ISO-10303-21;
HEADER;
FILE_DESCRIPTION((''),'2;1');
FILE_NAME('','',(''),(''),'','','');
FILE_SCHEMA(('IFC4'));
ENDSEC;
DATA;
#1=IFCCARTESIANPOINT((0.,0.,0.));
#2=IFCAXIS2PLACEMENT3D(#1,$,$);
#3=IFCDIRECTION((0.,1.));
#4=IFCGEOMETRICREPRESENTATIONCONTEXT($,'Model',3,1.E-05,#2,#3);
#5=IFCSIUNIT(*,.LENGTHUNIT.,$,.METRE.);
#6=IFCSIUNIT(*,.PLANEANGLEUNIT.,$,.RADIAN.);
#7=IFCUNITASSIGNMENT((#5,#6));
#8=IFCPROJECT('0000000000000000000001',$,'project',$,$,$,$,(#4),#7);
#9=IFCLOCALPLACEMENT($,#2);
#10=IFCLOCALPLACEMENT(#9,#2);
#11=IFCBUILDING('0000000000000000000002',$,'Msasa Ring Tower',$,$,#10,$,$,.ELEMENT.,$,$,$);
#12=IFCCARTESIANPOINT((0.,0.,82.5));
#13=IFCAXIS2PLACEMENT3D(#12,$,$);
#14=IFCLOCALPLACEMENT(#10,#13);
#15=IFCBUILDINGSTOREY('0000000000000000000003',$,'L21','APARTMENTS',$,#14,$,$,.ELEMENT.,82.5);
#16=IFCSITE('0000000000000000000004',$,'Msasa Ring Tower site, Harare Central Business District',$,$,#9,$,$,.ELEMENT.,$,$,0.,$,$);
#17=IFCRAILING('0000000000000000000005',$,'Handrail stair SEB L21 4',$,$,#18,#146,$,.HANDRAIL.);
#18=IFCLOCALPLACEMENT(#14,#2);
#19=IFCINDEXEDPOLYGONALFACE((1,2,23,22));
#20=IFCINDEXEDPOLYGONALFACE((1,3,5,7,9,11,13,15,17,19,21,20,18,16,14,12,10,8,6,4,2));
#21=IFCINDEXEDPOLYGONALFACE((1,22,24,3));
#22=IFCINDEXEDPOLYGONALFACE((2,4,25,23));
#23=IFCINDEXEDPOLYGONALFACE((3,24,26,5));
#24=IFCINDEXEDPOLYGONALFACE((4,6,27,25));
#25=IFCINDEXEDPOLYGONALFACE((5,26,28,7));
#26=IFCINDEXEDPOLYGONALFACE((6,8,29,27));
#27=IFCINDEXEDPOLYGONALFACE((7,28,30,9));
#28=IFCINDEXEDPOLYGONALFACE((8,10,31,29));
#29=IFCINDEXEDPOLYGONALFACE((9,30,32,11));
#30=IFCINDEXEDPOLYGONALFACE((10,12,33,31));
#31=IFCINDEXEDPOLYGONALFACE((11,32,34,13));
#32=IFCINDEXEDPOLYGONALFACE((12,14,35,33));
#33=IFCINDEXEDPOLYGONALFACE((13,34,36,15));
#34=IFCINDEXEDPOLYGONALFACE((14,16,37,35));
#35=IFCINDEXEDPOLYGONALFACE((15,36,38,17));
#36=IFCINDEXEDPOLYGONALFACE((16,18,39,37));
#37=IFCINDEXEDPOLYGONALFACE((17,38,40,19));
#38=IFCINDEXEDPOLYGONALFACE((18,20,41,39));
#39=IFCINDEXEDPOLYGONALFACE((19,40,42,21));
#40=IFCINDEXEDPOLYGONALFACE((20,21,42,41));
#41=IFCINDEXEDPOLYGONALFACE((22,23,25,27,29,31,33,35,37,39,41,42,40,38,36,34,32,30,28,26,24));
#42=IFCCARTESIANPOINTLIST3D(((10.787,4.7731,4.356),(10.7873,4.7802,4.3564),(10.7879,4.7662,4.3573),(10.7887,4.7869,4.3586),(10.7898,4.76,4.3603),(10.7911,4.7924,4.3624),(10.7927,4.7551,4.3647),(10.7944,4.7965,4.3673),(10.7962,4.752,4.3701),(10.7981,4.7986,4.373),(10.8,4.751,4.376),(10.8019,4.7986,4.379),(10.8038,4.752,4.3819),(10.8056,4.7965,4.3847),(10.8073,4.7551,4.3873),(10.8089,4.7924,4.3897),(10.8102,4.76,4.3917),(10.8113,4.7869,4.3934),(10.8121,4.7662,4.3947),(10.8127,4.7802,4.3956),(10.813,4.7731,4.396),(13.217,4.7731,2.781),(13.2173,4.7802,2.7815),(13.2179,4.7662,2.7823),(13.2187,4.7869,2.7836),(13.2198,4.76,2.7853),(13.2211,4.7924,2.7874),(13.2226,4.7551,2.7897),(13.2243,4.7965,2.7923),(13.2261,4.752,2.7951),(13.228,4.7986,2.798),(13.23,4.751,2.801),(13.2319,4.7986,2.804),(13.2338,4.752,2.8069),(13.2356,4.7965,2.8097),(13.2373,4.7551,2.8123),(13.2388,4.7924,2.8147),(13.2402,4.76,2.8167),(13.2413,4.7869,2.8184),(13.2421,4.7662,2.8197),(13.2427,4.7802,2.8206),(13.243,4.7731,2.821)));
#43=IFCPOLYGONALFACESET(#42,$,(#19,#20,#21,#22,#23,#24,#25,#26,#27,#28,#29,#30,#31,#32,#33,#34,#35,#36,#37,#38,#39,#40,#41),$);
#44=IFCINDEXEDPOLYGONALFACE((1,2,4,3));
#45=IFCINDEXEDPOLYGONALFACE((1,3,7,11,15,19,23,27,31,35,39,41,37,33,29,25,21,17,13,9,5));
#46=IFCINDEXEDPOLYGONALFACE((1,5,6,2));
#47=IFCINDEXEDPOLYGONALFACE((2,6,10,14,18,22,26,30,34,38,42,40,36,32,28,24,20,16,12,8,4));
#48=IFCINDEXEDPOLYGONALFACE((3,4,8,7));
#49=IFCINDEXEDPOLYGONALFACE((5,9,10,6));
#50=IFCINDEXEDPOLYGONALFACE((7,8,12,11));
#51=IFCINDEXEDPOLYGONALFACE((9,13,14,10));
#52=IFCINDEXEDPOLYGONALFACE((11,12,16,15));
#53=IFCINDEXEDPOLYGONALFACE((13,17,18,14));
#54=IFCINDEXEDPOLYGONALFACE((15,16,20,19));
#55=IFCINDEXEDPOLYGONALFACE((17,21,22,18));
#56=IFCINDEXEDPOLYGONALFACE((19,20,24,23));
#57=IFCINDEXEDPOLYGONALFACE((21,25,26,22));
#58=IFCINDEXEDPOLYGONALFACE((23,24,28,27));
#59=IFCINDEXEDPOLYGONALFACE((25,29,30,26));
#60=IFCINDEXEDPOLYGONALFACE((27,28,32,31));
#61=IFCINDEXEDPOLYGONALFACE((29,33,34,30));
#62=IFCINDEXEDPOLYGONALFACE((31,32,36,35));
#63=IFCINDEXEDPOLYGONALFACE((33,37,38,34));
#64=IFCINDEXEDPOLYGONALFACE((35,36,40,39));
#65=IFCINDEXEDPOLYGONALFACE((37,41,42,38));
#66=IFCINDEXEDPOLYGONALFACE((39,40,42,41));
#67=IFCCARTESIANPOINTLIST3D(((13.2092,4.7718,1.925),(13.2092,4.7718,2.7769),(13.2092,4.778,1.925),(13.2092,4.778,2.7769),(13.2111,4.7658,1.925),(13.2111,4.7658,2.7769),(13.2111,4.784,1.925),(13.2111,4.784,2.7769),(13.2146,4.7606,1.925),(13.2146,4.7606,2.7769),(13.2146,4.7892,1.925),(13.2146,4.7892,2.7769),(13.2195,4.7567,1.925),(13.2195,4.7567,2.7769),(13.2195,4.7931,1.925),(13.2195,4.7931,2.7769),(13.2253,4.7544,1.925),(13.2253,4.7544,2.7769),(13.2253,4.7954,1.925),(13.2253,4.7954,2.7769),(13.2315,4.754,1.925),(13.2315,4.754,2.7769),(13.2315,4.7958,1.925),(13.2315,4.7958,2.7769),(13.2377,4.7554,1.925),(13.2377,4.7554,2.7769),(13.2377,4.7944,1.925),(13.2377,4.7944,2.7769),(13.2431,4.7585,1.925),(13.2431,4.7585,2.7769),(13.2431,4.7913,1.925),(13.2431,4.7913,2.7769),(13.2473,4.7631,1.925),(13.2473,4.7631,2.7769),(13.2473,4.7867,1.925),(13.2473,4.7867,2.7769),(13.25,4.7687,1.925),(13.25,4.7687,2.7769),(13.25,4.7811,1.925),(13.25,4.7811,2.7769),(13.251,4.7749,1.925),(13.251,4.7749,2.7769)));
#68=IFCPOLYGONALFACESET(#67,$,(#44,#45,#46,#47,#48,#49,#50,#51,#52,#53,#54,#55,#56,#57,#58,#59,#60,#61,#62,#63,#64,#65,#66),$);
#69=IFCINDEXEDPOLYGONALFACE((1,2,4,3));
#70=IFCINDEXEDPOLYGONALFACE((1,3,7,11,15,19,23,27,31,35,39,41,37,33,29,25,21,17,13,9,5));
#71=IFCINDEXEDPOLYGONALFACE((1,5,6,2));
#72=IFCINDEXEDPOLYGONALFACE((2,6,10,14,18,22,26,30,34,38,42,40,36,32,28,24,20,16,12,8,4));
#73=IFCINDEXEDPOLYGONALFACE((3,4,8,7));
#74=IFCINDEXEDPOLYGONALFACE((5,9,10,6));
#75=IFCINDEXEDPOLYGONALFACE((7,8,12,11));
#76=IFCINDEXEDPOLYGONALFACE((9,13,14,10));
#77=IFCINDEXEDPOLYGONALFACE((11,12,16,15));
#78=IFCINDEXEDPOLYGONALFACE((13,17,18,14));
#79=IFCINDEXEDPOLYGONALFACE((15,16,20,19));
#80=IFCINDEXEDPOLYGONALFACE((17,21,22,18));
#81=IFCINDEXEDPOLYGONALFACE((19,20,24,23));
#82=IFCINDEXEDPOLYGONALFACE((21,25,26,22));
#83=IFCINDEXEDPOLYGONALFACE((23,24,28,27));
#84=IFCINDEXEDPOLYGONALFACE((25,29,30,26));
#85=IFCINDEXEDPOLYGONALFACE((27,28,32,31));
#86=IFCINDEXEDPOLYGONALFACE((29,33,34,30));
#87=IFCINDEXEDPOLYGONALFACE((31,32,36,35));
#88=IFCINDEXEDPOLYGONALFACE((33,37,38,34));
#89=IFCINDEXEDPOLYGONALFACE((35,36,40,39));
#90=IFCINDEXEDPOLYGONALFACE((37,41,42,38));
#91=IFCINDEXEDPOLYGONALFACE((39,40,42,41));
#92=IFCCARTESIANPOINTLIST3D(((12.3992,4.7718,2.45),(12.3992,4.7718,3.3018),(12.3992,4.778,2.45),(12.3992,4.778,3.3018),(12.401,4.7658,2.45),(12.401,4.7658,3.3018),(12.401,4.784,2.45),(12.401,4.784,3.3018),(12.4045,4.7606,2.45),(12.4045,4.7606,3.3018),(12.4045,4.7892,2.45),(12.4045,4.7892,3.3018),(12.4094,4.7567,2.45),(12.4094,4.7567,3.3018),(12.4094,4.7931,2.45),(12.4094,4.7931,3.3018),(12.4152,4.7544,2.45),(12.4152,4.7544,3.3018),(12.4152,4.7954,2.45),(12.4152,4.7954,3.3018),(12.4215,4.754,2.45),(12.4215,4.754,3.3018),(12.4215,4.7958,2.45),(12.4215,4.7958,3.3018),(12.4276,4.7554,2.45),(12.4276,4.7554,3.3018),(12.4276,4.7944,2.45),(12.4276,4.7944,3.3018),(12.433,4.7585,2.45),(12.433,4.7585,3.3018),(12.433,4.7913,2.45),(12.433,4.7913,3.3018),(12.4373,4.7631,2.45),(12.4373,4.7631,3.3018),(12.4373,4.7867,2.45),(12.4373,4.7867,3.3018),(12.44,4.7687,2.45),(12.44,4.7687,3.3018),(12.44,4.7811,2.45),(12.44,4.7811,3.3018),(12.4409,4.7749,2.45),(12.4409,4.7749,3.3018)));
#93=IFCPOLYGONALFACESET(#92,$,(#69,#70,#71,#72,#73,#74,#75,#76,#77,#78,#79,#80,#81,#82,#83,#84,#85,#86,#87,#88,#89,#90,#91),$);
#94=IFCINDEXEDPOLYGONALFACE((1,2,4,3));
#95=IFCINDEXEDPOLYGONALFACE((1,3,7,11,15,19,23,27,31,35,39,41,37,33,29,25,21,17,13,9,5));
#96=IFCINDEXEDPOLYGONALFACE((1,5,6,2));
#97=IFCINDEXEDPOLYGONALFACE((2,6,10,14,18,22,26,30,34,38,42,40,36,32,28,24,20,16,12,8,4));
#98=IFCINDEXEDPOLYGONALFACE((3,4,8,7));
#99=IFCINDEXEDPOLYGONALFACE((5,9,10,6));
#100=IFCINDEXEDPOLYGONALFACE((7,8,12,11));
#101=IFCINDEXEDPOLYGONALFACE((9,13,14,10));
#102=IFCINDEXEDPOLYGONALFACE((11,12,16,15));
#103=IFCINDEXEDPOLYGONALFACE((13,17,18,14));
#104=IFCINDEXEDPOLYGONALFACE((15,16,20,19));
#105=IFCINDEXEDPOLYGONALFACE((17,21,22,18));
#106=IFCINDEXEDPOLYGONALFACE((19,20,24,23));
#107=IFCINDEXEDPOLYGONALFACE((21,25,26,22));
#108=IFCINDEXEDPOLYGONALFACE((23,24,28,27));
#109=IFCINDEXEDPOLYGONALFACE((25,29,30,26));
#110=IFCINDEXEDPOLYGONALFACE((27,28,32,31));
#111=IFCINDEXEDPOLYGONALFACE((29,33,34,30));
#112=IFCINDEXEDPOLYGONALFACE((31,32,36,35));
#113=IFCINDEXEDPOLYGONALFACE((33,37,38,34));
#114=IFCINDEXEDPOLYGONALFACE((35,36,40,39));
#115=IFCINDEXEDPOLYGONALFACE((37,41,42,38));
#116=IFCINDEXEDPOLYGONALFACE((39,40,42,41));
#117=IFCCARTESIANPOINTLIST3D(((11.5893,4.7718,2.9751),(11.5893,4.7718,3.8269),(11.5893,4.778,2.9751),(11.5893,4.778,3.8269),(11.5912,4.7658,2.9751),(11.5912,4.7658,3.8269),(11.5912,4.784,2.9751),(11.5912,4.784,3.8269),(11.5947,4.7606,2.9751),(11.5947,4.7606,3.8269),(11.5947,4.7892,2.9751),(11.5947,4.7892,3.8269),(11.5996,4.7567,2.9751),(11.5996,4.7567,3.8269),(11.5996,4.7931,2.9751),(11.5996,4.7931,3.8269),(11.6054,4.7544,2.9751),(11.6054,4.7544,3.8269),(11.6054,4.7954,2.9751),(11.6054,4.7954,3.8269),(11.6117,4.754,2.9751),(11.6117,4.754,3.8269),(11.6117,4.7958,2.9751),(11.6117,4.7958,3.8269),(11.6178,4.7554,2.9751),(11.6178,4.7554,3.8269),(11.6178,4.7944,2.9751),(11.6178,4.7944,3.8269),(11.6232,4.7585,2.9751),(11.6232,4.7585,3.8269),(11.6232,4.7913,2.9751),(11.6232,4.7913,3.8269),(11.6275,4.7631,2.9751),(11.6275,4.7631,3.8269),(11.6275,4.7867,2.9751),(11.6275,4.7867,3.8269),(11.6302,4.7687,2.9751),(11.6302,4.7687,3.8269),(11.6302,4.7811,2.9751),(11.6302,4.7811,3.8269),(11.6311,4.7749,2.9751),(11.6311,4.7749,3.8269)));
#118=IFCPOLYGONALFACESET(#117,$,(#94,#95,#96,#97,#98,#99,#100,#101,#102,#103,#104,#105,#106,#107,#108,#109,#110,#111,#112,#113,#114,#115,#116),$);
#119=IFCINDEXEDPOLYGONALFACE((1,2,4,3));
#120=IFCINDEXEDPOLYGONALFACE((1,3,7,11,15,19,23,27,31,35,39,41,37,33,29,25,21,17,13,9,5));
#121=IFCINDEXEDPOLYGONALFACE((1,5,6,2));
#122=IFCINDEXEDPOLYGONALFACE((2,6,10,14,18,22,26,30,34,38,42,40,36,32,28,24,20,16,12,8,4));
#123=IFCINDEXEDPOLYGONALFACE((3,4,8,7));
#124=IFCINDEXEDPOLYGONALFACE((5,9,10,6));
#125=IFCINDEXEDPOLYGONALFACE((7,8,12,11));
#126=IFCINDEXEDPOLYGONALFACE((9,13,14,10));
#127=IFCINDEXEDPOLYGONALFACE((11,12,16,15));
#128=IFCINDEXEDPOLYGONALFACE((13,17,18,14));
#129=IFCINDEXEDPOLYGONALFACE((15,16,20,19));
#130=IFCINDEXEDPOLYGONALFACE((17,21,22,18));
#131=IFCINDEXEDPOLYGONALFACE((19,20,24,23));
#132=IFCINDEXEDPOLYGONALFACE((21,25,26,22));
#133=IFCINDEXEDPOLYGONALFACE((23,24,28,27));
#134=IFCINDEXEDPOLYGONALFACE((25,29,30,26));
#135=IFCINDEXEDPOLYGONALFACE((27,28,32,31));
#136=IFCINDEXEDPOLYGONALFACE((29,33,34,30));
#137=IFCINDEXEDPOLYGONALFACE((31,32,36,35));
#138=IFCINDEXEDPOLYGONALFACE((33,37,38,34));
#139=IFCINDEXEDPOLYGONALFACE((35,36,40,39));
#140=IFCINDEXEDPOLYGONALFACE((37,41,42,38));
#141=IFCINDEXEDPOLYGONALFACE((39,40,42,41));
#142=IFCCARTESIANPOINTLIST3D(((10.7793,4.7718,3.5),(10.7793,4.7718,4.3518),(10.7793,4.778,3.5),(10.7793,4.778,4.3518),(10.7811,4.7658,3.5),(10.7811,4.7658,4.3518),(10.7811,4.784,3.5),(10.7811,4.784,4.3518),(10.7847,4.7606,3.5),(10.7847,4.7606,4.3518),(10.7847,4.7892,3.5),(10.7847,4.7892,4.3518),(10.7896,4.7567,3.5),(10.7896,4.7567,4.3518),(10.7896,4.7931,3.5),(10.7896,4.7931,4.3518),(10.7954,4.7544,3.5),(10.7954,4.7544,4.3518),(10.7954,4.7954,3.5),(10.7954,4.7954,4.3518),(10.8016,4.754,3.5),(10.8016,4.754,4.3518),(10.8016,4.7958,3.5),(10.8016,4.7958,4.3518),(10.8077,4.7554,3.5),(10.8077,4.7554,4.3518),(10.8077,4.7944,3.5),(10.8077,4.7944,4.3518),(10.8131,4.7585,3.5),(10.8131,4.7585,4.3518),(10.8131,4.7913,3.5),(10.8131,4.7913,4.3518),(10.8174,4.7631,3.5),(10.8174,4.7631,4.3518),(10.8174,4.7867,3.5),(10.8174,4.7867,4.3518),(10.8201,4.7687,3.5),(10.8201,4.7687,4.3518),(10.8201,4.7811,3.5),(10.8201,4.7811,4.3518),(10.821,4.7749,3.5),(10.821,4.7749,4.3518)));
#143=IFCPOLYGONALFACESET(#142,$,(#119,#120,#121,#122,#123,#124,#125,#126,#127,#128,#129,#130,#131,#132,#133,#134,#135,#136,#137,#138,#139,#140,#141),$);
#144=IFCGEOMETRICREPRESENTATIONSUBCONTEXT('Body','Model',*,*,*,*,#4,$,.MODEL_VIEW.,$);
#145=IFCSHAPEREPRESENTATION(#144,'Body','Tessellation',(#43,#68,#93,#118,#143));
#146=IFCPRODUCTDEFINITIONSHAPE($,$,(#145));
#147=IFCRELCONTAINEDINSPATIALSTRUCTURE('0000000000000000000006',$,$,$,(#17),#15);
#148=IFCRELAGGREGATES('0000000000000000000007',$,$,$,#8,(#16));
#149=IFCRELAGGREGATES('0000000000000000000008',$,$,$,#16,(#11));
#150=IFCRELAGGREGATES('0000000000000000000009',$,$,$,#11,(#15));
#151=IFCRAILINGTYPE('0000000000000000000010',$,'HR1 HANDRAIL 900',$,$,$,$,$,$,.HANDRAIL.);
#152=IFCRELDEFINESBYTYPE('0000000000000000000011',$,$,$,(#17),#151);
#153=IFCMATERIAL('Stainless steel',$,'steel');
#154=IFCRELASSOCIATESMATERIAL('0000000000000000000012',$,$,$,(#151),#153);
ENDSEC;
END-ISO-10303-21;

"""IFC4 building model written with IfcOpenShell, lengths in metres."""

from ifc_helpers import new_model, si_unit, direction, frame, origin, origin_2d, place, context, subcontext, project, spatial, circle, extrude, material, type_object, element, save


model = new_model("IFC4")

# Units and contexts
model_context = context("Model", 3, precision=1e-05, world=origin(), true_north=direction((0.0, 1.0)))
body_context = subcontext(model_context, "Body", "Model", "MODEL_VIEW")
ifc_project = project(units=[si_unit("LENGTHUNIT", "METRE"), si_unit("PLANEANGLEUNIT", "RADIAN")], contexts=[model_context])

# Site, building, storey
site_placement = place(None, origin())
site = spatial("IfcSite", under=ifc_project, at=site_placement, Name="Msasa Ring Tower site, Harare Central Business District", CompositionType="ELEMENT", RefElevation=0.0)
building_placement = place(site_placement, origin())
building = spatial("IfcBuilding", under=site, at=building_placement, Name="Msasa Ring Tower", CompositionType="ELEMENT")
storey_placement = place(building_placement, frame((0.0, 0.0, 82.5)))
storey = spatial("IfcBuildingStorey", under=building, at=storey_placement, Name="L21", Description="APARTMENTS", CompositionType="ELEMENT", Elevation=82.5)

# Railing
ifc_material_1 = material(Name="Stainless steel", Category="steel")
railing_type = type_object("IfcRailingType", Name="HR1 HANDRAIL 900", PredefinedType="HANDRAIL", material=ifc_material_1)
for number, where, name in (
    (1, (13.23, 4.7749, 1.925), "Handrail stair SEB L21 4"),
):
    element("IfcRailing", number, at=place(storey_placement, frame(where)), inside=storey, type_object=railing_type, Name=name, PredefinedType="HANDRAIL", context=body_context, shape_type="SweptSolid", body=[
        extrude(circle(Radius=0.0239, at=origin_2d()), frame((0.0, 0.0, 0.876), z_axis=(-0.839154, 0.0, 0.543894), x_axis=(0.0, -1.0, 0.0)), (0.0, 0.0, 1.0), 2.8958),
        extrude(circle(Radius=0.021, at=origin_2d()), origin(), (0.0, 0.0, 1.0), 0.8518),
        extrude(circle(Radius=0.021, at=origin_2d()), frame((-0.8101, 0.0, 0.5249)), (0.0, 0.0, 1.0), 0.8518),
        extrude(circle(Radius=0.021, at=origin_2d()), frame((-1.6199, 0.0, 1.05)), (0.0, 0.0, 1.0), 0.8518),
        extrude(circle(Radius=0.021, at=origin_2d()), frame((-2.4299, 0.0, 1.575)), (0.0, 0.0, 1.0), 0.8518),
    ])

save(model, "model.ifc")
